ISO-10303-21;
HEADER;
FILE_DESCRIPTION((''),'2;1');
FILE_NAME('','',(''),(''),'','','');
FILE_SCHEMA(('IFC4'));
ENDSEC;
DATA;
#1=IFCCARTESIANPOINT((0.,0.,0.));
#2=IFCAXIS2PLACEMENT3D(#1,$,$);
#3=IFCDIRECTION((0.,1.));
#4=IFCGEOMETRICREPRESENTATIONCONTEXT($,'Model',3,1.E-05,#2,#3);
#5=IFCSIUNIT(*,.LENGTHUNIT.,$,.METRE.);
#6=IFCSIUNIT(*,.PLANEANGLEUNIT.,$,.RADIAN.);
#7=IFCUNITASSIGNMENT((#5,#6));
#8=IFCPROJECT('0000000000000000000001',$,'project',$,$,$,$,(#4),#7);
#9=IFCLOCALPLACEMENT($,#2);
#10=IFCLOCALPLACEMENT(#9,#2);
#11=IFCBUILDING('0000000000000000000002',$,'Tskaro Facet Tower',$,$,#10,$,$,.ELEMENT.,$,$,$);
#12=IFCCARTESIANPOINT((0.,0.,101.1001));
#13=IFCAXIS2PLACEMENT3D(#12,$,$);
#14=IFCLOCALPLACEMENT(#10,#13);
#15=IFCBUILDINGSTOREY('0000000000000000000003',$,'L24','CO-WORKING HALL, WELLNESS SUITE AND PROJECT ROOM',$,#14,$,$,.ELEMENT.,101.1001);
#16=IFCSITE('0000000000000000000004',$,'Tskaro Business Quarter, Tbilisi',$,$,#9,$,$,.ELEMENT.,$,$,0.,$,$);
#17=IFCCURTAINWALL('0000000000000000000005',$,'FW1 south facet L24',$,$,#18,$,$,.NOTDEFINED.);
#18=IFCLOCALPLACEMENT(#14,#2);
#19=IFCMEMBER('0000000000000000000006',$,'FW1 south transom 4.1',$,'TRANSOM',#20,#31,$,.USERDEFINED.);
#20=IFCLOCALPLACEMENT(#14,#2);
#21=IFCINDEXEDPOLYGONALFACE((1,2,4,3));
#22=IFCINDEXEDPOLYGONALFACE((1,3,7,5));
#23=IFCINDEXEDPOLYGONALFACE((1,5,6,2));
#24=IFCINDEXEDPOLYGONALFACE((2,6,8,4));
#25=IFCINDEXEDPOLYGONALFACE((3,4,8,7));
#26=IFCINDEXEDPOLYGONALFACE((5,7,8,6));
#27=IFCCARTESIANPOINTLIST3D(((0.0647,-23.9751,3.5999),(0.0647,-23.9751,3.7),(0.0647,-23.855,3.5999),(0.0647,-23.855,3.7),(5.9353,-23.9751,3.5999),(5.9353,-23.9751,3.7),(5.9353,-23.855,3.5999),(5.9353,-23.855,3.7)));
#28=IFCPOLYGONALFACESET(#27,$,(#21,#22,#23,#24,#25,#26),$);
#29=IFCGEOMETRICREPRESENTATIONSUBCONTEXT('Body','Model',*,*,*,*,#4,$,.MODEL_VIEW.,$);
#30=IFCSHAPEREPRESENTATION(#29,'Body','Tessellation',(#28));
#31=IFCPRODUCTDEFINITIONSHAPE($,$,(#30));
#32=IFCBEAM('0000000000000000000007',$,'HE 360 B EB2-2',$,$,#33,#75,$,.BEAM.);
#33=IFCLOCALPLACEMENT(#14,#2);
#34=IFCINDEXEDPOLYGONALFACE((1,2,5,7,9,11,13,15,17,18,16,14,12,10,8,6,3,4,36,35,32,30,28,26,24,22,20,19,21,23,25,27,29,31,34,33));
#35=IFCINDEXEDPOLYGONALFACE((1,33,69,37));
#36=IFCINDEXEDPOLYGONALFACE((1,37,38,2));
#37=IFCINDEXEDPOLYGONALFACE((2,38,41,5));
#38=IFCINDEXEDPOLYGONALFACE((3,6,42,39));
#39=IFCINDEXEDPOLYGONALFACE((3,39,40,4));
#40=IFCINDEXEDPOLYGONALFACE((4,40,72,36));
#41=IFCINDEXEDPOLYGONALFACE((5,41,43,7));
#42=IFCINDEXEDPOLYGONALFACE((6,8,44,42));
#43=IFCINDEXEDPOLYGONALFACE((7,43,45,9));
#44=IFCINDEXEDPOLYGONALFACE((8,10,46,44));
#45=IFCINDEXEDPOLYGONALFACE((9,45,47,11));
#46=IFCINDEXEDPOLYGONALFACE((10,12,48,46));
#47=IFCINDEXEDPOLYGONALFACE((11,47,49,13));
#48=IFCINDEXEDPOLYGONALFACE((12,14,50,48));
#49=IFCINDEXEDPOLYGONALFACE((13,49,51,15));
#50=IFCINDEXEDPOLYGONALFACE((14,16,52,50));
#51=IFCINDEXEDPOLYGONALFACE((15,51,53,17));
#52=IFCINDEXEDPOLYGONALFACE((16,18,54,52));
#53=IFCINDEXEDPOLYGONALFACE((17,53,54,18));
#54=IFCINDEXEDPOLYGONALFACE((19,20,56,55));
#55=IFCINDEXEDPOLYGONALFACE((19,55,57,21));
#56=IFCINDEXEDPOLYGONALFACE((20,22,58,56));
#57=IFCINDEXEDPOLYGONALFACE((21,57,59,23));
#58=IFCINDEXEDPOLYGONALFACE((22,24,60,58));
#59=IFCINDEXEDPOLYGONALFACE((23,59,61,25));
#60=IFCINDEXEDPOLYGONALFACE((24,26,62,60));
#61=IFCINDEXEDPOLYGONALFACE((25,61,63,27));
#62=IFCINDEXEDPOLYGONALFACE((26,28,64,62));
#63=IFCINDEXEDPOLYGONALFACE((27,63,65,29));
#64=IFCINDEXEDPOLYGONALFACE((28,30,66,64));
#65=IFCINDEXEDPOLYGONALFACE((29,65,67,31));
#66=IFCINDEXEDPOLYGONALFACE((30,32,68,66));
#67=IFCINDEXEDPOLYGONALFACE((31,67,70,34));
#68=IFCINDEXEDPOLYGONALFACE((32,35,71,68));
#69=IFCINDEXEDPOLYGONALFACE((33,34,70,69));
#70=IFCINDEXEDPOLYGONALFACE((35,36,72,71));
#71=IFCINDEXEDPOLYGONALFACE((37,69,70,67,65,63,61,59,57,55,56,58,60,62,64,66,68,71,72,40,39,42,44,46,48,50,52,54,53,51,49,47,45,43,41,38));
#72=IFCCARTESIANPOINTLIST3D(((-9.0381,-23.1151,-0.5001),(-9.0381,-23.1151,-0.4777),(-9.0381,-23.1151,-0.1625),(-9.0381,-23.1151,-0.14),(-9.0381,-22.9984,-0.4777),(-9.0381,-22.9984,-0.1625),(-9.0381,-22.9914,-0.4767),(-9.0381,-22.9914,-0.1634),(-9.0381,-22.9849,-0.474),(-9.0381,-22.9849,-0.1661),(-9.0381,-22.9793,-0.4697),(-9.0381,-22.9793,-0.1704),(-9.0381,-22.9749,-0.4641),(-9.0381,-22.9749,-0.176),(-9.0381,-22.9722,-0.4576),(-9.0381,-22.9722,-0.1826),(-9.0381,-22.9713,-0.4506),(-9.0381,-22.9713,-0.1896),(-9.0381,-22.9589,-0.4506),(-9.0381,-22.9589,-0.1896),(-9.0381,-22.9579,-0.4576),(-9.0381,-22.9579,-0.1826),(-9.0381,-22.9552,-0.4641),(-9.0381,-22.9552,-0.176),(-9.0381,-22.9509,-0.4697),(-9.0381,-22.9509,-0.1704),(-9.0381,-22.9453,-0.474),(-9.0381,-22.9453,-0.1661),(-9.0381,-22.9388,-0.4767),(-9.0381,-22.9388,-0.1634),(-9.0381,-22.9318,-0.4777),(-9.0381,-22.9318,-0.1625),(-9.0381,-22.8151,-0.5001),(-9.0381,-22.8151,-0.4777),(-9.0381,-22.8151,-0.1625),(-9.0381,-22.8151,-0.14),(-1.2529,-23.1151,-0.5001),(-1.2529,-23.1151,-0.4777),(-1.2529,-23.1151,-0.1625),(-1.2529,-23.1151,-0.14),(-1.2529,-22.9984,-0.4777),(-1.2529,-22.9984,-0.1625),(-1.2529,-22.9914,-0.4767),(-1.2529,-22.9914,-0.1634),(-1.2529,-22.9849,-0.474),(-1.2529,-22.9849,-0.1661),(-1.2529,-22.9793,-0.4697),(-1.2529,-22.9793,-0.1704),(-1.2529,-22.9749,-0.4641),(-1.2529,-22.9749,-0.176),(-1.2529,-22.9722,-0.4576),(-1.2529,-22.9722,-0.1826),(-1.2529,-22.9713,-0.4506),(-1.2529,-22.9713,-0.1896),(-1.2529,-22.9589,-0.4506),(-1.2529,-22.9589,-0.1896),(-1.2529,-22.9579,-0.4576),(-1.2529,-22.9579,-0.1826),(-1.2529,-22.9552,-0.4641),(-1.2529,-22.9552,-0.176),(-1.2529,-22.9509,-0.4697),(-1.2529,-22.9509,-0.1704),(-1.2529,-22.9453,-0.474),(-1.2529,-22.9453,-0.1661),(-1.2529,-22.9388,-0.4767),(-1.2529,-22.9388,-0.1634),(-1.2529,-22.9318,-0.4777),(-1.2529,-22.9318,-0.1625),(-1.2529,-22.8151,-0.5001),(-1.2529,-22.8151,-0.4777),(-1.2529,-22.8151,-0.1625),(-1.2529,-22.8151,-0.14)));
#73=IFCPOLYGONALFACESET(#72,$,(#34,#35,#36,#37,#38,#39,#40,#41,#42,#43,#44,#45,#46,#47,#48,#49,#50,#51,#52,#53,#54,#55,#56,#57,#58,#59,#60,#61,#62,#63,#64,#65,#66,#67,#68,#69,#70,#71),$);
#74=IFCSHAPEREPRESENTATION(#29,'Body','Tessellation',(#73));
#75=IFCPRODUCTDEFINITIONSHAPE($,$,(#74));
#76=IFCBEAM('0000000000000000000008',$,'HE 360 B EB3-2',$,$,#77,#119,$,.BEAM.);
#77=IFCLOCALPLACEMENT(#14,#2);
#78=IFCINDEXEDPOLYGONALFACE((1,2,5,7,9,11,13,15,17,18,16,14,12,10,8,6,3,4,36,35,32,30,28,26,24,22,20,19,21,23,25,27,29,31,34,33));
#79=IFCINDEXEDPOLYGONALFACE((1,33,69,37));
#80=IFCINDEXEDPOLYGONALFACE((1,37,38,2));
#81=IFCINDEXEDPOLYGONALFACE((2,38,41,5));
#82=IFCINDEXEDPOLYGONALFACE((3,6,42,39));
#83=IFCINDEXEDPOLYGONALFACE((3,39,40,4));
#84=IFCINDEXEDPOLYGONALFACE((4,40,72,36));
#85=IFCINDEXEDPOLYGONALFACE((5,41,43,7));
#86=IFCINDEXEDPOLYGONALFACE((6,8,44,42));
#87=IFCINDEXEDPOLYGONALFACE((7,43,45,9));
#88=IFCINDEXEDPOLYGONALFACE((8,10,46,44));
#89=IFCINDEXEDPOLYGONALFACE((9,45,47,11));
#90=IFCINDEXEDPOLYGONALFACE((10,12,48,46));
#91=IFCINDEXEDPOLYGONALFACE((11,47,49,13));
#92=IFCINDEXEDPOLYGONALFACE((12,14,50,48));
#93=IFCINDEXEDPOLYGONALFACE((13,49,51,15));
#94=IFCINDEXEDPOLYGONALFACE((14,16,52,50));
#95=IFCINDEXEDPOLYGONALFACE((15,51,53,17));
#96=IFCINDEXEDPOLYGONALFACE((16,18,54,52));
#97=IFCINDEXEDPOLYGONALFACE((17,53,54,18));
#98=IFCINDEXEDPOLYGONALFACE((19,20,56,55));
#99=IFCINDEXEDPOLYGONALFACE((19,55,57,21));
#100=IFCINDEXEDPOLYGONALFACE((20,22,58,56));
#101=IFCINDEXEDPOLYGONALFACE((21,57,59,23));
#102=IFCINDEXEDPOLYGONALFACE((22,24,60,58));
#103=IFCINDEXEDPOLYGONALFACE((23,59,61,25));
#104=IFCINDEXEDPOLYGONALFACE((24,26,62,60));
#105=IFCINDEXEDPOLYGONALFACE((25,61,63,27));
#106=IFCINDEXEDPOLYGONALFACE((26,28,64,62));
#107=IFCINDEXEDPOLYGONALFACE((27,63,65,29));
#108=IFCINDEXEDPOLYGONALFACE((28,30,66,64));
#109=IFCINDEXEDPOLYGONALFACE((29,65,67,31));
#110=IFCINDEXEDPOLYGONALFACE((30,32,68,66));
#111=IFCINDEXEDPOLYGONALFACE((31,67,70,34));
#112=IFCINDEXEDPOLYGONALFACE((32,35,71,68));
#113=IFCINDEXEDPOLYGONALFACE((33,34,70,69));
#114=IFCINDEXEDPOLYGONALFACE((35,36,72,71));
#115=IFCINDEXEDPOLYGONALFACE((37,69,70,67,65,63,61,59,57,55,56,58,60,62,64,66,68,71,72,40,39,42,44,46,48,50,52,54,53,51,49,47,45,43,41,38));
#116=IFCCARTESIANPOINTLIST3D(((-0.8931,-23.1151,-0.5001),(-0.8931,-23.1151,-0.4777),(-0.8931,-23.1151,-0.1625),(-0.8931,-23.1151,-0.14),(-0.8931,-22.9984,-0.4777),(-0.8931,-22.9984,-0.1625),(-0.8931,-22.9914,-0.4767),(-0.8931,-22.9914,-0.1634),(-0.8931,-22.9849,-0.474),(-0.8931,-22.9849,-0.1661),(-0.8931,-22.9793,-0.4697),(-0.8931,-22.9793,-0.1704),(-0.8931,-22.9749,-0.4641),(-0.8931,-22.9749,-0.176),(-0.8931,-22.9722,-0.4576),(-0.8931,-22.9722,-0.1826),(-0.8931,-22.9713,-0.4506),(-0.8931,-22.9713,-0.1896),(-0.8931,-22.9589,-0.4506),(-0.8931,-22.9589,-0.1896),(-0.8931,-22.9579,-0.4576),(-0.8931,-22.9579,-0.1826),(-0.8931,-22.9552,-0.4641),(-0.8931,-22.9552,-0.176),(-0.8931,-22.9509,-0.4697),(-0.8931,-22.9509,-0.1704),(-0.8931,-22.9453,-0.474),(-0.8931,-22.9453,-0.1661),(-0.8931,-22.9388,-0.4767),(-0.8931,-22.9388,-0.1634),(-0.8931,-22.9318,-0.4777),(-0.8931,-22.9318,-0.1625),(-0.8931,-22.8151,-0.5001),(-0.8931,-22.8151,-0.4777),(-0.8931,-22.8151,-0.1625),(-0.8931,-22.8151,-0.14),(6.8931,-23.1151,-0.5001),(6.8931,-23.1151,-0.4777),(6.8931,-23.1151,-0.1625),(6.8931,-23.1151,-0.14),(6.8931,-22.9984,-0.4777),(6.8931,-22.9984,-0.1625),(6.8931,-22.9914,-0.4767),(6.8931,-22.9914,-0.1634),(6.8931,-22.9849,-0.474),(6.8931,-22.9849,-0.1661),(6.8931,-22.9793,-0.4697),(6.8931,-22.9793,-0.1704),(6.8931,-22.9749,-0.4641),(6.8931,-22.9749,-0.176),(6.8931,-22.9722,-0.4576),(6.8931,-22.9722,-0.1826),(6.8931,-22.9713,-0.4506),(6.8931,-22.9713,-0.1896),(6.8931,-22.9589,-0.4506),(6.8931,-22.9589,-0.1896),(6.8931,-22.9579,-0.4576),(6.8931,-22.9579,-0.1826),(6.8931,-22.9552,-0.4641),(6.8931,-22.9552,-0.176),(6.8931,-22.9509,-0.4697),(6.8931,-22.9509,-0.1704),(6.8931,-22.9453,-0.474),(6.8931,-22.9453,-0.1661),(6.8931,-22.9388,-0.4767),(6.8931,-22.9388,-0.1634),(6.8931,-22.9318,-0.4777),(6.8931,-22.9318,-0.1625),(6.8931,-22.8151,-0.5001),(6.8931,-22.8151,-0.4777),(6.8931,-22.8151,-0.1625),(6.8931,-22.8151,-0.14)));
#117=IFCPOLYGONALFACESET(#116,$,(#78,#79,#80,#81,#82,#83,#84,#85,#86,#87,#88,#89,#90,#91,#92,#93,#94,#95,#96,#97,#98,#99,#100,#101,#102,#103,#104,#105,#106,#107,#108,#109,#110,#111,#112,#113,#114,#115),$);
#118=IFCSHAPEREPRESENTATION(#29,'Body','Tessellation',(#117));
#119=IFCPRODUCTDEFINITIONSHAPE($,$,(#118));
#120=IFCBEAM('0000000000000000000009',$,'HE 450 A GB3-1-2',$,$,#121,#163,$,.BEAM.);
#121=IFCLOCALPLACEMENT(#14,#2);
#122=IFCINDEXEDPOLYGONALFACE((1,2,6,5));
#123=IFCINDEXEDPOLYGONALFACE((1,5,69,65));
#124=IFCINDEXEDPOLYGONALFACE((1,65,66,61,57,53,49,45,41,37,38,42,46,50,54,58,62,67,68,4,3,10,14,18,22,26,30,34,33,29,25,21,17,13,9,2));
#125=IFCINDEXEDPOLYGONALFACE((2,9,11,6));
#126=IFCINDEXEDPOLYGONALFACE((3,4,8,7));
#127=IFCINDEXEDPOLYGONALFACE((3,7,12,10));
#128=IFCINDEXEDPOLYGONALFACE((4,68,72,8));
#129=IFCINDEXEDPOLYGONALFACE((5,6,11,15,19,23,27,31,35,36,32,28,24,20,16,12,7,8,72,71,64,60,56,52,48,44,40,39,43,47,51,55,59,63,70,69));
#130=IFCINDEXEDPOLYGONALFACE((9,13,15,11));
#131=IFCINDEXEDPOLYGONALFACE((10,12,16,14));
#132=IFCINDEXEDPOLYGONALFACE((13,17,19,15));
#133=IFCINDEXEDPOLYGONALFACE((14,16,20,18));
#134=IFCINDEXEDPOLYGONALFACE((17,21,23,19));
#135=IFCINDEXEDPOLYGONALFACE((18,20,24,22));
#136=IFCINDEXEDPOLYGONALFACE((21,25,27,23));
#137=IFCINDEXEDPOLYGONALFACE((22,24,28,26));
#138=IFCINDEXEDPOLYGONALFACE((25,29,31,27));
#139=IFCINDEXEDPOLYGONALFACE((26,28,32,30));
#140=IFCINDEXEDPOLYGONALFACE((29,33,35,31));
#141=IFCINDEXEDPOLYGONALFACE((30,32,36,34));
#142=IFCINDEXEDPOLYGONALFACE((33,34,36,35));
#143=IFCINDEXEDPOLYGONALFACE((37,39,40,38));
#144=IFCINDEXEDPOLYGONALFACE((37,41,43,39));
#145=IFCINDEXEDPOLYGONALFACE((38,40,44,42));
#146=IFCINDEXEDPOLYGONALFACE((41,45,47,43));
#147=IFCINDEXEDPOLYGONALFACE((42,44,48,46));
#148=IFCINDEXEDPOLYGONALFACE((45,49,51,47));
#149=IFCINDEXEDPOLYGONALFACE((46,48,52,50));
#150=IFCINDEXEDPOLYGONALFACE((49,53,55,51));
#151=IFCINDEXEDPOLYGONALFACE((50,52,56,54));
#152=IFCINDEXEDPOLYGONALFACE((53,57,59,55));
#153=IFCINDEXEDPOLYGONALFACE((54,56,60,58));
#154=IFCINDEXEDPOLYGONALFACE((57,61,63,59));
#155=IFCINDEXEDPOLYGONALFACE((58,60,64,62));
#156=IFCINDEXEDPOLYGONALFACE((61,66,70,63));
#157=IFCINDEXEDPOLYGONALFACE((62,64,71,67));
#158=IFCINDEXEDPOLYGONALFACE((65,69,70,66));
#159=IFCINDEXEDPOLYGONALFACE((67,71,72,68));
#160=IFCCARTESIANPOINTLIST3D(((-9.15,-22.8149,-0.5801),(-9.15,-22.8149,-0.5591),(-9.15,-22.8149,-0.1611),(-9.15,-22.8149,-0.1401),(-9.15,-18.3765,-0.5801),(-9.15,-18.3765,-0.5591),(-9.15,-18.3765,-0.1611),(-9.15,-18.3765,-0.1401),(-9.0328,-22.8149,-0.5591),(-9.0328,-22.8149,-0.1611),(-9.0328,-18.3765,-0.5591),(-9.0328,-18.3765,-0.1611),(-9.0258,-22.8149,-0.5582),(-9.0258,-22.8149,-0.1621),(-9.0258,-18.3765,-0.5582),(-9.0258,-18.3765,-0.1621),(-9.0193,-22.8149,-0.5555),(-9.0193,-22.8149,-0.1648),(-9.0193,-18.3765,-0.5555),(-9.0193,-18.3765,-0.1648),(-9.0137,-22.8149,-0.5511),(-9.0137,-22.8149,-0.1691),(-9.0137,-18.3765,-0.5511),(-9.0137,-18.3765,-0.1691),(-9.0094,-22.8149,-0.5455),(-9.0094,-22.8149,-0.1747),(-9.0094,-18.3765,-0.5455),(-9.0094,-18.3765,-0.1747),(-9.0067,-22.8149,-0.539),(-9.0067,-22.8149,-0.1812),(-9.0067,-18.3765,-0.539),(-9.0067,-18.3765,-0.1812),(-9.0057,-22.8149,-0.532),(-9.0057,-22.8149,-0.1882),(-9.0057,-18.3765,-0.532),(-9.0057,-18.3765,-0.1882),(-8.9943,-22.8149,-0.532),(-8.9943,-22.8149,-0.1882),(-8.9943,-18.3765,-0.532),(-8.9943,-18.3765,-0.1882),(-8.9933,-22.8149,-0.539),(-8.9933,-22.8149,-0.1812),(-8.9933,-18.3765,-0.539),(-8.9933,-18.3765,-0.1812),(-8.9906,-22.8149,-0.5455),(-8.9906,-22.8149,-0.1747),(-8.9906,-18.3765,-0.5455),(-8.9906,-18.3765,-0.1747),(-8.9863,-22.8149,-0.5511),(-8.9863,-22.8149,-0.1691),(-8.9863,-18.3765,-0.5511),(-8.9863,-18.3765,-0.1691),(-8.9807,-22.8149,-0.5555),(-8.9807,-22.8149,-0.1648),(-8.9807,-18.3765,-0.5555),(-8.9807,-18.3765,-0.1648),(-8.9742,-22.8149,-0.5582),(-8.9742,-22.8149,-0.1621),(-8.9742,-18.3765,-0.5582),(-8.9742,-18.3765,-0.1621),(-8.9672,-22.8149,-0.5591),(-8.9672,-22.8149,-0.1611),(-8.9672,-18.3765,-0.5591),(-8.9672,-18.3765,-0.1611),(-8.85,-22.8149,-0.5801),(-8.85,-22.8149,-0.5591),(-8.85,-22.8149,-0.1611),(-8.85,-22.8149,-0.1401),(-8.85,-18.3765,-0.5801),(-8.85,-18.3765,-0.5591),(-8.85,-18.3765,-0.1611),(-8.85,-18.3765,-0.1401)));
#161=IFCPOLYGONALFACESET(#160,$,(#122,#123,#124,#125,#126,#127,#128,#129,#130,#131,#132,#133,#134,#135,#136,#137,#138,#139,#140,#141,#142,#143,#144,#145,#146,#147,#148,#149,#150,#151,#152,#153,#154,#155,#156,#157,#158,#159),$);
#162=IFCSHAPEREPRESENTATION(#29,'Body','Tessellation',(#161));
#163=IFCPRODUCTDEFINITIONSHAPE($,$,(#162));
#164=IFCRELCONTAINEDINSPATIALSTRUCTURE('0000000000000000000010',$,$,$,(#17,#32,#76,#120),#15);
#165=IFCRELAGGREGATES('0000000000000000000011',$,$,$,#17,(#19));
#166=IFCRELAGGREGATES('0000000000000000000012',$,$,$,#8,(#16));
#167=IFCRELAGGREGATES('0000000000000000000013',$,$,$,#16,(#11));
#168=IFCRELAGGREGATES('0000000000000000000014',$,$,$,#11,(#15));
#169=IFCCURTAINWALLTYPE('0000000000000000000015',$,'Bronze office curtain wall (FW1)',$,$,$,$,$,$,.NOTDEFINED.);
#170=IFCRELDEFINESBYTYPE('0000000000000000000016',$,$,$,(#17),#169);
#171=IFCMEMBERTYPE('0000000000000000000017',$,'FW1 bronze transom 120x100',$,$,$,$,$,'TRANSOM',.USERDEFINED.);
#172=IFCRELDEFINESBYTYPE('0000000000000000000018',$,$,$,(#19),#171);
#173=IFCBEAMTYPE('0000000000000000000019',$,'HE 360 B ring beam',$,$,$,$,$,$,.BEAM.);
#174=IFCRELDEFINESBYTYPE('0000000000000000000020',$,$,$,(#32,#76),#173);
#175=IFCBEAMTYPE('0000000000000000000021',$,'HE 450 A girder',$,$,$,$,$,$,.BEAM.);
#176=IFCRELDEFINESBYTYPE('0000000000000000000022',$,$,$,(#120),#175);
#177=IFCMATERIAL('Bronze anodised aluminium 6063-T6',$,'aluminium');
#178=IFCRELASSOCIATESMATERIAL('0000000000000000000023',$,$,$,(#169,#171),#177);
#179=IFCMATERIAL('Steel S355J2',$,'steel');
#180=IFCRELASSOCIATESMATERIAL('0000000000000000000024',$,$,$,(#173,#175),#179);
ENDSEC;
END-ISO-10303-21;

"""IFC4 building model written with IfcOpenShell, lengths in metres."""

from ifc_helpers import new_model, si_unit, direction, frame, origin, origin_2d, place, context, subcontext, project, spatial, rectangle, i_section, extrude, material, material_profile, profile_set, type_object, element, aggregate, save


model = new_model("IFC4")

# Units and contexts
model_context = context("Model", 3, precision=1e-05, world=origin(), true_north=direction((0.0, 1.0)))
body_context = subcontext(model_context, "Body", "Model", "MODEL_VIEW")
ifc_project = project(units=[si_unit("LENGTHUNIT", "METRE"), si_unit("PLANEANGLEUNIT", "RADIAN")], contexts=[model_context])

# Site, building, storey
site_placement = place(None, origin())
site = spatial("IfcSite", under=ifc_project, at=site_placement, Name="Tskaro Business Quarter, Tbilisi", CompositionType="ELEMENT", RefElevation=0.0)
building_placement = place(site_placement, origin())
building = spatial("IfcBuilding", under=site, at=building_placement, Name="Tskaro Facet Tower", CompositionType="ELEMENT")
storey_placement = place(building_placement, frame((0.0, 0.0, 101.1001)))
storey = spatial("IfcBuildingStorey", under=building, at=storey_placement, Name="L24", Description="CO-WORKING HALL, WELLNESS SUITE AND PROJECT ROOM", CompositionType="ELEMENT", Elevation=101.1001)

# Curtain wall, member
ifc_material_1 = material(Name="Bronze anodised aluminium 6063-T6", Category="aluminium")
curtain_wall_type = type_object("IfcCurtainWallType", Name="Bronze office curtain wall (FW1)", PredefinedType="NOTDEFINED", material=ifc_material_1)
curtain_wall_placement = place(storey_placement, origin())
curtain_wall = element("IfcCurtainWall", 1, at=curtain_wall_placement, inside=storey, type_object=curtain_wall_type, Name="FW1 south facet L24", PredefinedType="NOTDEFINED")
ifc_material_profile_1 = material_profile(ifc_material_1, rectangle(XDim=0.1201, YDim=0.1001, at=origin_2d()), Name="Transom 120x100")
ifc_profile_set_1 = profile_set([ifc_material_profile_1], Name="Bronze anodised aluminium 6063-T6")
member_type_1 = type_object("IfcMemberType", Name="FW1 bronze transom 120x100", ElementType="TRANSOM", PredefinedType="USERDEFINED", material=ifc_profile_set_1)
member_1_placement = place(storey_placement, frame((0.0647, -23.915, 3.6499), z_axis=(1.0, 0.0, 0.0), x_axis=(0.0, 1.0, 0.0)))
member_1 = element("IfcMember", 2, at=member_1_placement, type_object=member_type_1, Name="FW1 south transom 4.1", ObjectType="TRANSOM", PredefinedType="USERDEFINED", context=body_context, shape_type="SweptSolid", body=[
    extrude(rectangle(XDim=0.1201, YDim=0.1001, at=origin_2d()), origin(), (0.0, 0.0, 1.0), 5.8706),
])

# Beams
ifc_material_2 = material(Name="Steel S355J2", Category="steel")
ifc_material_profile_2 = material_profile(ifc_material_2, i_section(OverallWidth=0.3, OverallDepth=0.3601, WebThickness=0.0125, FlangeThickness=0.0225, FilletRadius=0.0271, at=origin_2d()), Name="HE 360 B")
ifc_profile_set_2 = profile_set([ifc_material_profile_2], Name="Steel S355J2")
beam_type_1 = type_object("IfcBeamType", Name="HE 360 B ring beam", PredefinedType="BEAM", material=ifc_profile_set_2)
beam_1_placement = place(storey_placement, frame((-9.0381, -22.9651, -0.3201), z_axis=(1.0, 0.0, 0.0), x_axis=(0.0, 1.0, 0.0)))
element("IfcBeam", 3, at=beam_1_placement, inside=storey, type_object=beam_type_1, Name="HE 360 B EB2-2", PredefinedType="BEAM", context=body_context, shape_type="SweptSolid", body=[
    extrude(i_section(OverallWidth=0.3, OverallDepth=0.3601, WebThickness=0.0125, FlangeThickness=0.0225, FilletRadius=0.0271, at=origin_2d()), origin(), (0.0, 0.0, 1.0), 7.7852),
])
beam_2_placement = place(storey_placement, frame((-0.8931, -22.9651, -0.3201), z_axis=(1.0, 0.0, 0.0), x_axis=(0.0, 1.0, 0.0)))
element("IfcBeam", 4, at=beam_2_placement, inside=storey, type_object=beam_type_1, Name="HE 360 B EB3-2", PredefinedType="BEAM", context=body_context, shape_type="SweptSolid", body=[
    extrude(i_section(OverallWidth=0.3, OverallDepth=0.3601, WebThickness=0.0125, FlangeThickness=0.0225, FilletRadius=0.0271, at=origin_2d()), origin(), (0.0, 0.0, 1.0), 7.7861),
])
ifc_material_profile_3 = material_profile(ifc_material_2, i_section(OverallWidth=0.3, OverallDepth=0.4399, WebThickness=0.0115, FlangeThickness=0.021, FilletRadius=0.0271, at=origin_2d()), Name="HE 450 A")
ifc_profile_set_3 = profile_set([ifc_material_profile_3], Name="Steel S355J2")
beam_type_2 = type_object("IfcBeamType", Name="HE 450 A girder", PredefinedType="BEAM", material=ifc_profile_set_3)
beam_3_placement = place(storey_placement, frame((-9.0, -22.8149, -0.3601), z_axis=(0.0, 1.0, 0.0), x_axis=(-1.0, 0.0, 0.0)))
element("IfcBeam", 5, at=beam_3_placement, inside=storey, type_object=beam_type_2, Name="HE 450 A GB3-1-2", PredefinedType="BEAM", context=body_context, shape_type="SweptSolid", body=[
    extrude(i_section(OverallWidth=0.3, OverallDepth=0.4399, WebThickness=0.0115, FlangeThickness=0.021, FilletRadius=0.0271, at=origin_2d()), origin(), (0.0, 0.0, 1.0), 4.4385),
])

aggregate(curtain_wall, [member_1])

save(model, "model.ifc")
